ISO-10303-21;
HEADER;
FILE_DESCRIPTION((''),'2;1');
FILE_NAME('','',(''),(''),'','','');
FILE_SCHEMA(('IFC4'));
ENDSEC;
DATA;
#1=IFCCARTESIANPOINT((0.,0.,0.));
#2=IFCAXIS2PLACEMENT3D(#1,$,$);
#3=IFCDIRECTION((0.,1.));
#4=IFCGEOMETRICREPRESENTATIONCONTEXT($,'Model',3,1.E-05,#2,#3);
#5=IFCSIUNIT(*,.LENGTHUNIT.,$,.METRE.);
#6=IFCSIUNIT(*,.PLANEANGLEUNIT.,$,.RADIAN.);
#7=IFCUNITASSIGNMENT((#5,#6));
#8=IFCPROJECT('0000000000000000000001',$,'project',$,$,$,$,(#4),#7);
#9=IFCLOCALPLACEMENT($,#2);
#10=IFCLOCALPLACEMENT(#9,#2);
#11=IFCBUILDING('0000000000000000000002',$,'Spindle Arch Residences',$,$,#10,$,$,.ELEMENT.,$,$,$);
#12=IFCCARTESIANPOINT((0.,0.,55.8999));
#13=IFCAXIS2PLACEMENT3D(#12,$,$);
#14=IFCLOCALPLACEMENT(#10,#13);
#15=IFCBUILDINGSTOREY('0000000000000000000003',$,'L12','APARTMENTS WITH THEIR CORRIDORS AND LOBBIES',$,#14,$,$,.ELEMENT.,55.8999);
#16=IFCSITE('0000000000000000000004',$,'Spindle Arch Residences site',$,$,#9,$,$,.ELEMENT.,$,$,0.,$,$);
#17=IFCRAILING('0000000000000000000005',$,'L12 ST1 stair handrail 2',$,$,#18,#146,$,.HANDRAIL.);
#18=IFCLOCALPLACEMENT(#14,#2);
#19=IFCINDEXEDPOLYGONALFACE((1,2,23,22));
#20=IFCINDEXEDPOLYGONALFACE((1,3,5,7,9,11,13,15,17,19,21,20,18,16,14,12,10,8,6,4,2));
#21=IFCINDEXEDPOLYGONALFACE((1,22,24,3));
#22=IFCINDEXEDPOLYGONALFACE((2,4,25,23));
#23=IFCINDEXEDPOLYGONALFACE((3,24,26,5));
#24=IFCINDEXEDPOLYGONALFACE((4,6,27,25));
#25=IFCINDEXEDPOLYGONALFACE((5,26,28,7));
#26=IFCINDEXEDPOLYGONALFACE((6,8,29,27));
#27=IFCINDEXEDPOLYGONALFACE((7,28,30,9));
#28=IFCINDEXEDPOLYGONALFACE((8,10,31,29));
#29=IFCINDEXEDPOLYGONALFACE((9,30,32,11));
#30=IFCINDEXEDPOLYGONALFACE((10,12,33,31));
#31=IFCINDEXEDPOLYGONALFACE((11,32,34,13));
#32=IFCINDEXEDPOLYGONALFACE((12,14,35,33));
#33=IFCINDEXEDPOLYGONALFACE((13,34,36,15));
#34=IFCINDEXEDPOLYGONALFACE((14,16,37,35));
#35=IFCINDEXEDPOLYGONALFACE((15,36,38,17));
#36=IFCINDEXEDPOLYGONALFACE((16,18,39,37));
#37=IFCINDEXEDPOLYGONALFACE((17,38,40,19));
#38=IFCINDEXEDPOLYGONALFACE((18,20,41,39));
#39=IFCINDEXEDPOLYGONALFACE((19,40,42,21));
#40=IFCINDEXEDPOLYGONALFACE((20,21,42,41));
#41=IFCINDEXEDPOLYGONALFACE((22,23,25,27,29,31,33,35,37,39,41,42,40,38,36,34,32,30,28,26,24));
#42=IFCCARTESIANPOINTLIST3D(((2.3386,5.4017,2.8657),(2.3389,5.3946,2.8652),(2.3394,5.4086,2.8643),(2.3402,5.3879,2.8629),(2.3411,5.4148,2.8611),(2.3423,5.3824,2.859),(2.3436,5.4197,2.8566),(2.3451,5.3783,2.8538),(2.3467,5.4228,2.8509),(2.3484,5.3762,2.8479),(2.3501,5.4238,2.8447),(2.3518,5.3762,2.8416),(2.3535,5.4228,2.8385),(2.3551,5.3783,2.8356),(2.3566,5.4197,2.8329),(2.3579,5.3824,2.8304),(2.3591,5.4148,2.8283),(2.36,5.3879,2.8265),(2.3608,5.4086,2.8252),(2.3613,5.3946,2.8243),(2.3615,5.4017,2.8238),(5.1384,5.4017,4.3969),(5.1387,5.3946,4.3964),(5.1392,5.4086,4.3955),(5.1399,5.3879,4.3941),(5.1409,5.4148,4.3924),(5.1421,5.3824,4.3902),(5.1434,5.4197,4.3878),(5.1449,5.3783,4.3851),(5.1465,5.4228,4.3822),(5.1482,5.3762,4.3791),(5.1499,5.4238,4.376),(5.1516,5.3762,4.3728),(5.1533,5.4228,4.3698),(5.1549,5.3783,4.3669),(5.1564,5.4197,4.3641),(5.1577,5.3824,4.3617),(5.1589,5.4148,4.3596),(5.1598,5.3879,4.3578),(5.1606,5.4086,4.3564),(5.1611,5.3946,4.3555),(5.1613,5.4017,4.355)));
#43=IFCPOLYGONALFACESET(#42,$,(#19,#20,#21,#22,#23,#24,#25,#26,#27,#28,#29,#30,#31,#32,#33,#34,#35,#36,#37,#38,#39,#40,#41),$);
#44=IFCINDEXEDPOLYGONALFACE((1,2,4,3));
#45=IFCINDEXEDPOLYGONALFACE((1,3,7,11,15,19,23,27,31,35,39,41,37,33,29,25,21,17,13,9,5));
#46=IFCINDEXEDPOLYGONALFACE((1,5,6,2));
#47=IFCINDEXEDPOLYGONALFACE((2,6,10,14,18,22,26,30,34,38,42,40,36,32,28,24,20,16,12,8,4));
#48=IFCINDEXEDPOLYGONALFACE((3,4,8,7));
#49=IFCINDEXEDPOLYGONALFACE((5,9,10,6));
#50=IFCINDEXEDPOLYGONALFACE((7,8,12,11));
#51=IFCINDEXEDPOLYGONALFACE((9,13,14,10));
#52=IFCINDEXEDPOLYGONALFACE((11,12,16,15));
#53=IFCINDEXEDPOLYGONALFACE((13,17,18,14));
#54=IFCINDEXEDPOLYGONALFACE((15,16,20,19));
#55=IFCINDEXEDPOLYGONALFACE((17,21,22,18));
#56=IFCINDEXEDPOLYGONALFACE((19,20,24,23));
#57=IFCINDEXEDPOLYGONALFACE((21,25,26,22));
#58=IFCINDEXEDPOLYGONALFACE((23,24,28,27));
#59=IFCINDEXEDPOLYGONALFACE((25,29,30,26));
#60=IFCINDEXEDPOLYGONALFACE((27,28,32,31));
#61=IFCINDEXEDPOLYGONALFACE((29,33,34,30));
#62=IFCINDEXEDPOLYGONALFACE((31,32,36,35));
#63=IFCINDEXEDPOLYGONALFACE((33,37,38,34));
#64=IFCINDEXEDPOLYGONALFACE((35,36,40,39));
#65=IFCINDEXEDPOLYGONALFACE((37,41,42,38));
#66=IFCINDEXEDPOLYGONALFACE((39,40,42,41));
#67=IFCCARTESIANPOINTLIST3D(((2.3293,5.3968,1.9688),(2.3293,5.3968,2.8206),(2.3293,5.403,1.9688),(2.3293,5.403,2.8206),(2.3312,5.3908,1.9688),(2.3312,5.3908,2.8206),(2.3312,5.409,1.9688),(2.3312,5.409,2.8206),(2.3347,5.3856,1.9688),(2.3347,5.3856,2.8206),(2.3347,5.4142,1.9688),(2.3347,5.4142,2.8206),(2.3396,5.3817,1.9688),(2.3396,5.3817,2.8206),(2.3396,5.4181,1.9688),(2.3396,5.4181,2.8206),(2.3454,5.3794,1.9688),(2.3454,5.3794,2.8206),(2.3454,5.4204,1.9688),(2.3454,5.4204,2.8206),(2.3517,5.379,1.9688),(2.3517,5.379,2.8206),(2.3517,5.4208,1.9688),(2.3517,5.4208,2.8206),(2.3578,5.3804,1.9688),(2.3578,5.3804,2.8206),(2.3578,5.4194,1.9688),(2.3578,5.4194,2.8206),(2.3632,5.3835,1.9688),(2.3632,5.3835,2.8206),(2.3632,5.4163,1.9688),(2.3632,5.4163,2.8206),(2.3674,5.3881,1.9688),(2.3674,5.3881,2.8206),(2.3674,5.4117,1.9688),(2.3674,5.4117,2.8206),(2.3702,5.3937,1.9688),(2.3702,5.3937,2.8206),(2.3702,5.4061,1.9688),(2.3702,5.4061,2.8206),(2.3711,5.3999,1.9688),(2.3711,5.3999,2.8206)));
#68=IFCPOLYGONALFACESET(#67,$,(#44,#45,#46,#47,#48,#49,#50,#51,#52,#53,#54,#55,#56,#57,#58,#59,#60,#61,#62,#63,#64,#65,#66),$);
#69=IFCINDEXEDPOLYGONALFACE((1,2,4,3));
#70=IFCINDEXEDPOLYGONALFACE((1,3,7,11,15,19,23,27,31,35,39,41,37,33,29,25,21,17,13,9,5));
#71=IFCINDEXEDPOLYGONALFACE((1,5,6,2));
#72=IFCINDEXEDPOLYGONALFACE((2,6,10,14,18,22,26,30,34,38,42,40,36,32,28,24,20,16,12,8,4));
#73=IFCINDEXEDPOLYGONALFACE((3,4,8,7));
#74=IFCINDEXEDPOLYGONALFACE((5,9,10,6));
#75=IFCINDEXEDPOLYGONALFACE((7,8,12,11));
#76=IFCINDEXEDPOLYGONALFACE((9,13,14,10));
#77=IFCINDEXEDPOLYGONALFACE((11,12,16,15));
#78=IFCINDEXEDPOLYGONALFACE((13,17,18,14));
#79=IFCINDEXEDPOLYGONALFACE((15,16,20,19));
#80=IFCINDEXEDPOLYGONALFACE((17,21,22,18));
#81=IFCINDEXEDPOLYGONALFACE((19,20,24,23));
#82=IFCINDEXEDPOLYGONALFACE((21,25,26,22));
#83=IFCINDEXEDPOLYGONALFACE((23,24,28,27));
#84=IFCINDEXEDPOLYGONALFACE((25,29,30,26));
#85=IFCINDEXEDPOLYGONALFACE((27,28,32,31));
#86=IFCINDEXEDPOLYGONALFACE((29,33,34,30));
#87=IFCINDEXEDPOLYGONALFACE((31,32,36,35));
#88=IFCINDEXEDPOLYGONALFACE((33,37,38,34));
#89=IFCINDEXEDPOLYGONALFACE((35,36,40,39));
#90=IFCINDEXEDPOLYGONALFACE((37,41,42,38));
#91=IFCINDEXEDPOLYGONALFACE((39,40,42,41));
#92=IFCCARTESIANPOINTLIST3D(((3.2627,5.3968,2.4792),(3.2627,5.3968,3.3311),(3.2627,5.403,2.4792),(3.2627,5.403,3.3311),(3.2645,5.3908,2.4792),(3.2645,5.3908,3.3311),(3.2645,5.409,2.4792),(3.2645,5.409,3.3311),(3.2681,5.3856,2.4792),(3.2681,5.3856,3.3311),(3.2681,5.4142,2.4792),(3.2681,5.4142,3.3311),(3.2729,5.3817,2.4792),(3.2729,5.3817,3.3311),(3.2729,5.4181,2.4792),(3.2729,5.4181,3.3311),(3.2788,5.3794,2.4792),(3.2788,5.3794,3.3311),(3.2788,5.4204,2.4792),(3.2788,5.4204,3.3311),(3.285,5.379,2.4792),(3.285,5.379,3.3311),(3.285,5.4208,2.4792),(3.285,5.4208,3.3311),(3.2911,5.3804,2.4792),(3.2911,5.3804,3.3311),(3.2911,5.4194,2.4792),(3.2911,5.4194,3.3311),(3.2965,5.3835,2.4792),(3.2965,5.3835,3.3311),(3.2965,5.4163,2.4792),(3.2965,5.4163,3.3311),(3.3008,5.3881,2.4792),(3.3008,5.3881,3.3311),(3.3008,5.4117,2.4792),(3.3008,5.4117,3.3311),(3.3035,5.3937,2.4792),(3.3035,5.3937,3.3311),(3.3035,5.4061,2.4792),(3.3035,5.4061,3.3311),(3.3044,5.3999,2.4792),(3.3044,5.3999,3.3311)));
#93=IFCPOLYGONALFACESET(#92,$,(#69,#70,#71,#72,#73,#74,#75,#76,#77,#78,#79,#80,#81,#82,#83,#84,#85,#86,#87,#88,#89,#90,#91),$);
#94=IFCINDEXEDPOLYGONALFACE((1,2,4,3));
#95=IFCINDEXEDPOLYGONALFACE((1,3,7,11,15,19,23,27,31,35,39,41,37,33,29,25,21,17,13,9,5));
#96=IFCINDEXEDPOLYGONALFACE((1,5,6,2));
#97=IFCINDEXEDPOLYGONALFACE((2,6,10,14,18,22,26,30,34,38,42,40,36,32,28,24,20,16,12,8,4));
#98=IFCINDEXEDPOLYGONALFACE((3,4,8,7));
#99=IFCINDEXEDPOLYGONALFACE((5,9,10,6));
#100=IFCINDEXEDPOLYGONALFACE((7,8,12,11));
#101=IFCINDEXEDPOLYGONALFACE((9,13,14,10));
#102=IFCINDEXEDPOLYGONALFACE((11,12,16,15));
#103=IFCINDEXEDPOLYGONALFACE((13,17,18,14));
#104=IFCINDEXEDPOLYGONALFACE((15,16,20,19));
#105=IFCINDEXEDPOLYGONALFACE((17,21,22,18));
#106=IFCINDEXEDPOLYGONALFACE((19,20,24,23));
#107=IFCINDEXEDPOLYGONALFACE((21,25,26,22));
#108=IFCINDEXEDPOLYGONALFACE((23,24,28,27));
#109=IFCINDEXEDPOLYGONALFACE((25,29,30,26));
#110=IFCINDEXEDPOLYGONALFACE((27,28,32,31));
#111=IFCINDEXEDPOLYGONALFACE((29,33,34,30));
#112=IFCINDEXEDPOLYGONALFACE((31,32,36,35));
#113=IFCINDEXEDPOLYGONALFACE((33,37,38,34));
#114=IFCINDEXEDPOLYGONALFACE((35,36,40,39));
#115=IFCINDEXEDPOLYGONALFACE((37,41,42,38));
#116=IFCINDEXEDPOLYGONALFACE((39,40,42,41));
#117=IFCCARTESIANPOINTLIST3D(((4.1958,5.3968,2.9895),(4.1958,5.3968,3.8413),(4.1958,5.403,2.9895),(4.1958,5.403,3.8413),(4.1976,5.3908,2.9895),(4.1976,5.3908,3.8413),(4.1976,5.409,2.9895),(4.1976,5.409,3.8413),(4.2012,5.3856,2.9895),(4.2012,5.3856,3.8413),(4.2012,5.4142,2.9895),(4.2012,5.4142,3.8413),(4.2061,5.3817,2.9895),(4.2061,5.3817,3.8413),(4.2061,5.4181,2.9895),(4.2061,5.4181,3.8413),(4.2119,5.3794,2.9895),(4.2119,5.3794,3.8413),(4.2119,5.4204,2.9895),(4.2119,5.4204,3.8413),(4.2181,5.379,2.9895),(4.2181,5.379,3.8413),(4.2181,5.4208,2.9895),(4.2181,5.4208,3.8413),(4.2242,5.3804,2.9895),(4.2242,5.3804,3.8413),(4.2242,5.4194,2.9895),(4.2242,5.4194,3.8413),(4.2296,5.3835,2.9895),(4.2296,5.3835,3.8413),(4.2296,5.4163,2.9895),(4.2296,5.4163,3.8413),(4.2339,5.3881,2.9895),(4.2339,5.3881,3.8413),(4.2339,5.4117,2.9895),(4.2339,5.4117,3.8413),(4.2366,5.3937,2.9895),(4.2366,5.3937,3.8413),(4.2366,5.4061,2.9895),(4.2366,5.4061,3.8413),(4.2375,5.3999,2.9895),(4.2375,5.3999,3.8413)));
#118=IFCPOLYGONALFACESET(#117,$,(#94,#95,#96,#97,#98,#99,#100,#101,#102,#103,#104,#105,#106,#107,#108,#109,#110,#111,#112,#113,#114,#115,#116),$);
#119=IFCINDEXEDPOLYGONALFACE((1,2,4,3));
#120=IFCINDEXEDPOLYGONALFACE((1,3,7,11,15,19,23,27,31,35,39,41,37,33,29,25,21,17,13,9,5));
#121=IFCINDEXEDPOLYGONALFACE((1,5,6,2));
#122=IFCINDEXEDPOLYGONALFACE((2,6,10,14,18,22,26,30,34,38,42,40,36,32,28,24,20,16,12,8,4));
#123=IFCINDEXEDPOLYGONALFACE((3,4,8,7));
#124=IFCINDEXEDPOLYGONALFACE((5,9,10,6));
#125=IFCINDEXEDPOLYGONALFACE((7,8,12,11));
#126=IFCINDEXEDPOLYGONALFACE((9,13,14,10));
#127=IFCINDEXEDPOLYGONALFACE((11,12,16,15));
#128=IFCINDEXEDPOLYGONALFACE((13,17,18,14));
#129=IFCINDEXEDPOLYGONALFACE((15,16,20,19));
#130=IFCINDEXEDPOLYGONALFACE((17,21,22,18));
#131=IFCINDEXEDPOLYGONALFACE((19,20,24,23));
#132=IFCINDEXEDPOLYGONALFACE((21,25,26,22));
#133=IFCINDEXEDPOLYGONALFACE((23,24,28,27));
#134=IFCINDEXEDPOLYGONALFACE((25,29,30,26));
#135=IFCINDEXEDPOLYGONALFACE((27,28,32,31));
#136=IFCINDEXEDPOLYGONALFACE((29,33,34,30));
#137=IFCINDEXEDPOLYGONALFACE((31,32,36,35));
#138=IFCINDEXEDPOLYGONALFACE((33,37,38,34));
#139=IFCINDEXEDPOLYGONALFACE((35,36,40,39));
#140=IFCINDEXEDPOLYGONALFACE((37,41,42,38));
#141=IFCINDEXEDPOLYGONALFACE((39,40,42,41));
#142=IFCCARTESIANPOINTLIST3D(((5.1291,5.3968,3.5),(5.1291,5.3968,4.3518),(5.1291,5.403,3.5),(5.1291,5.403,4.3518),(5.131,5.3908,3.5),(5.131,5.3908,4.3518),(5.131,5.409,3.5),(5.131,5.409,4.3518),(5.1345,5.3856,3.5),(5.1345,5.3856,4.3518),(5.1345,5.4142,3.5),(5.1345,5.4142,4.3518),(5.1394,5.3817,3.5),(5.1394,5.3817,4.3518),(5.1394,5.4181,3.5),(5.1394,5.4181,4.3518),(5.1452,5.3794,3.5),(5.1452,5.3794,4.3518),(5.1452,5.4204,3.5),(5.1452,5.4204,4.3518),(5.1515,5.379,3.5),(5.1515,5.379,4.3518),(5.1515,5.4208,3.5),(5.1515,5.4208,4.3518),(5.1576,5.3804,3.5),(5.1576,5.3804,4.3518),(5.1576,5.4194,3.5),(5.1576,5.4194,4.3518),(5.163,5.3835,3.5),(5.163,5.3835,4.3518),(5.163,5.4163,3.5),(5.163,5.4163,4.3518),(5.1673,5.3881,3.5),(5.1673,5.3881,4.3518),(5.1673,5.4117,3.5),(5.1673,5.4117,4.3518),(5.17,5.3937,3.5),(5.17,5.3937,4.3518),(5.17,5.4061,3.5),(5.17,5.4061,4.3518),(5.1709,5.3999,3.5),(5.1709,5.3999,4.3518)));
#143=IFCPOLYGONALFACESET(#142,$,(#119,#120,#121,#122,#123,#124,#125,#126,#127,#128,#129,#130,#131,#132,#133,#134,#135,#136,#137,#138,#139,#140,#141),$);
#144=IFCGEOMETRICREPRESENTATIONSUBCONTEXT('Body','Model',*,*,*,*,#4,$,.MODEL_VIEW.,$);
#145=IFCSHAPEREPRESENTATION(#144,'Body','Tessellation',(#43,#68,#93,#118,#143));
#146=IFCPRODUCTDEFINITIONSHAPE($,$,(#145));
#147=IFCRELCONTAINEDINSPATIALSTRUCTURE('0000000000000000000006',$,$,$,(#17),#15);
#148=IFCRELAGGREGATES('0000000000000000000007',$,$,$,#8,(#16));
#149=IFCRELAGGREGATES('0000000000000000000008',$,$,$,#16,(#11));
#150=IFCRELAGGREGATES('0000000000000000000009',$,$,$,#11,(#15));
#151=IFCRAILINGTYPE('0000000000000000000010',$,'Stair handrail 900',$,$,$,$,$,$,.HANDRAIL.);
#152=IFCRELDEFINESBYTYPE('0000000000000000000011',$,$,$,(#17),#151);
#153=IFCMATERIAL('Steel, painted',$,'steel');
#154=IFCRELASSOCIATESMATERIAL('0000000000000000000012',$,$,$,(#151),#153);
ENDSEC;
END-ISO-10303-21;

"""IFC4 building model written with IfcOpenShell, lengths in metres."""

from ifc_helpers import new_model, si_unit, direction, frame, origin, origin_2d, place, context, subcontext, project, spatial, circle, extrude, material, type_object, element, save


model = new_model("IFC4")

# Units and contexts
model_context = context("Model", 3, precision=1e-05, world=origin(), true_north=direction((0.0, 1.0)))
body_context = subcontext(model_context, "Body", "Model", "MODEL_VIEW")
ifc_project = project(units=[si_unit("LENGTHUNIT", "METRE"), si_unit("PLANEANGLEUNIT", "RADIAN")], contexts=[model_context])

# Site, building, storey
site_placement = place(None, origin())
site = spatial("IfcSite", under=ifc_project, at=site_placement, Name="Spindle Arch Residences site", CompositionType="ELEMENT", RefElevation=0.0)
building_placement = place(site_placement, origin())
building = spatial("IfcBuilding", under=site, at=building_placement, Name="Spindle Arch Residences", CompositionType="ELEMENT")
storey_placement = place(building_placement, frame((0.0, 0.0, 55.8999)))
storey = spatial("IfcBuildingStorey", under=building, at=storey_placement, Name="L12", Description="APARTMENTS WITH THEIR CORRIDORS AND LOBBIES", CompositionType="ELEMENT", Elevation=55.8999)

# Railing
ifc_material_1 = material(Name="Steel, painted", Category="steel")
railing_type_1 = type_object("IfcRailingType", Name="Stair handrail 900", PredefinedType="HANDRAIL", material=ifc_material_1)
railing_1_placement = place(storey_placement, frame((2.3501, 5.3999, 1.9688)))
element("IfcRailing", 1, at=railing_1_placement, inside=storey, type_object=railing_type_1, Name="L12 ST1 stair handrail 2", PredefinedType="HANDRAIL", context=body_context, shape_type="SweptSolid", body=[
    extrude(circle(Radius=0.0239, at=origin_2d()), frame((0.0, 0.0, 0.876), z_axis=(0.877357, 0.0, 0.479838), x_axis=(0.0, 1.0, 0.0)), (0.0, 0.0, 1.0), 3.1912),
    extrude(circle(Radius=0.021, at=origin_2d()), origin(), (0.0, 0.0, 1.0), 0.8518),
    extrude(circle(Radius=0.021, at=origin_2d()), frame((0.9333, 0.0, 0.5105)), (0.0, 0.0, 1.0), 0.8518),
    extrude(circle(Radius=0.021, at=origin_2d()), frame((1.8665, 0.0, 1.0208)), (0.0, 0.0, 1.0), 0.8518),
    extrude(circle(Radius=0.021, at=origin_2d()), frame((2.7998, 0.0, 1.5312)), (0.0, 0.0, 1.0), 0.8518),
])

save(model, "model.ifc")
